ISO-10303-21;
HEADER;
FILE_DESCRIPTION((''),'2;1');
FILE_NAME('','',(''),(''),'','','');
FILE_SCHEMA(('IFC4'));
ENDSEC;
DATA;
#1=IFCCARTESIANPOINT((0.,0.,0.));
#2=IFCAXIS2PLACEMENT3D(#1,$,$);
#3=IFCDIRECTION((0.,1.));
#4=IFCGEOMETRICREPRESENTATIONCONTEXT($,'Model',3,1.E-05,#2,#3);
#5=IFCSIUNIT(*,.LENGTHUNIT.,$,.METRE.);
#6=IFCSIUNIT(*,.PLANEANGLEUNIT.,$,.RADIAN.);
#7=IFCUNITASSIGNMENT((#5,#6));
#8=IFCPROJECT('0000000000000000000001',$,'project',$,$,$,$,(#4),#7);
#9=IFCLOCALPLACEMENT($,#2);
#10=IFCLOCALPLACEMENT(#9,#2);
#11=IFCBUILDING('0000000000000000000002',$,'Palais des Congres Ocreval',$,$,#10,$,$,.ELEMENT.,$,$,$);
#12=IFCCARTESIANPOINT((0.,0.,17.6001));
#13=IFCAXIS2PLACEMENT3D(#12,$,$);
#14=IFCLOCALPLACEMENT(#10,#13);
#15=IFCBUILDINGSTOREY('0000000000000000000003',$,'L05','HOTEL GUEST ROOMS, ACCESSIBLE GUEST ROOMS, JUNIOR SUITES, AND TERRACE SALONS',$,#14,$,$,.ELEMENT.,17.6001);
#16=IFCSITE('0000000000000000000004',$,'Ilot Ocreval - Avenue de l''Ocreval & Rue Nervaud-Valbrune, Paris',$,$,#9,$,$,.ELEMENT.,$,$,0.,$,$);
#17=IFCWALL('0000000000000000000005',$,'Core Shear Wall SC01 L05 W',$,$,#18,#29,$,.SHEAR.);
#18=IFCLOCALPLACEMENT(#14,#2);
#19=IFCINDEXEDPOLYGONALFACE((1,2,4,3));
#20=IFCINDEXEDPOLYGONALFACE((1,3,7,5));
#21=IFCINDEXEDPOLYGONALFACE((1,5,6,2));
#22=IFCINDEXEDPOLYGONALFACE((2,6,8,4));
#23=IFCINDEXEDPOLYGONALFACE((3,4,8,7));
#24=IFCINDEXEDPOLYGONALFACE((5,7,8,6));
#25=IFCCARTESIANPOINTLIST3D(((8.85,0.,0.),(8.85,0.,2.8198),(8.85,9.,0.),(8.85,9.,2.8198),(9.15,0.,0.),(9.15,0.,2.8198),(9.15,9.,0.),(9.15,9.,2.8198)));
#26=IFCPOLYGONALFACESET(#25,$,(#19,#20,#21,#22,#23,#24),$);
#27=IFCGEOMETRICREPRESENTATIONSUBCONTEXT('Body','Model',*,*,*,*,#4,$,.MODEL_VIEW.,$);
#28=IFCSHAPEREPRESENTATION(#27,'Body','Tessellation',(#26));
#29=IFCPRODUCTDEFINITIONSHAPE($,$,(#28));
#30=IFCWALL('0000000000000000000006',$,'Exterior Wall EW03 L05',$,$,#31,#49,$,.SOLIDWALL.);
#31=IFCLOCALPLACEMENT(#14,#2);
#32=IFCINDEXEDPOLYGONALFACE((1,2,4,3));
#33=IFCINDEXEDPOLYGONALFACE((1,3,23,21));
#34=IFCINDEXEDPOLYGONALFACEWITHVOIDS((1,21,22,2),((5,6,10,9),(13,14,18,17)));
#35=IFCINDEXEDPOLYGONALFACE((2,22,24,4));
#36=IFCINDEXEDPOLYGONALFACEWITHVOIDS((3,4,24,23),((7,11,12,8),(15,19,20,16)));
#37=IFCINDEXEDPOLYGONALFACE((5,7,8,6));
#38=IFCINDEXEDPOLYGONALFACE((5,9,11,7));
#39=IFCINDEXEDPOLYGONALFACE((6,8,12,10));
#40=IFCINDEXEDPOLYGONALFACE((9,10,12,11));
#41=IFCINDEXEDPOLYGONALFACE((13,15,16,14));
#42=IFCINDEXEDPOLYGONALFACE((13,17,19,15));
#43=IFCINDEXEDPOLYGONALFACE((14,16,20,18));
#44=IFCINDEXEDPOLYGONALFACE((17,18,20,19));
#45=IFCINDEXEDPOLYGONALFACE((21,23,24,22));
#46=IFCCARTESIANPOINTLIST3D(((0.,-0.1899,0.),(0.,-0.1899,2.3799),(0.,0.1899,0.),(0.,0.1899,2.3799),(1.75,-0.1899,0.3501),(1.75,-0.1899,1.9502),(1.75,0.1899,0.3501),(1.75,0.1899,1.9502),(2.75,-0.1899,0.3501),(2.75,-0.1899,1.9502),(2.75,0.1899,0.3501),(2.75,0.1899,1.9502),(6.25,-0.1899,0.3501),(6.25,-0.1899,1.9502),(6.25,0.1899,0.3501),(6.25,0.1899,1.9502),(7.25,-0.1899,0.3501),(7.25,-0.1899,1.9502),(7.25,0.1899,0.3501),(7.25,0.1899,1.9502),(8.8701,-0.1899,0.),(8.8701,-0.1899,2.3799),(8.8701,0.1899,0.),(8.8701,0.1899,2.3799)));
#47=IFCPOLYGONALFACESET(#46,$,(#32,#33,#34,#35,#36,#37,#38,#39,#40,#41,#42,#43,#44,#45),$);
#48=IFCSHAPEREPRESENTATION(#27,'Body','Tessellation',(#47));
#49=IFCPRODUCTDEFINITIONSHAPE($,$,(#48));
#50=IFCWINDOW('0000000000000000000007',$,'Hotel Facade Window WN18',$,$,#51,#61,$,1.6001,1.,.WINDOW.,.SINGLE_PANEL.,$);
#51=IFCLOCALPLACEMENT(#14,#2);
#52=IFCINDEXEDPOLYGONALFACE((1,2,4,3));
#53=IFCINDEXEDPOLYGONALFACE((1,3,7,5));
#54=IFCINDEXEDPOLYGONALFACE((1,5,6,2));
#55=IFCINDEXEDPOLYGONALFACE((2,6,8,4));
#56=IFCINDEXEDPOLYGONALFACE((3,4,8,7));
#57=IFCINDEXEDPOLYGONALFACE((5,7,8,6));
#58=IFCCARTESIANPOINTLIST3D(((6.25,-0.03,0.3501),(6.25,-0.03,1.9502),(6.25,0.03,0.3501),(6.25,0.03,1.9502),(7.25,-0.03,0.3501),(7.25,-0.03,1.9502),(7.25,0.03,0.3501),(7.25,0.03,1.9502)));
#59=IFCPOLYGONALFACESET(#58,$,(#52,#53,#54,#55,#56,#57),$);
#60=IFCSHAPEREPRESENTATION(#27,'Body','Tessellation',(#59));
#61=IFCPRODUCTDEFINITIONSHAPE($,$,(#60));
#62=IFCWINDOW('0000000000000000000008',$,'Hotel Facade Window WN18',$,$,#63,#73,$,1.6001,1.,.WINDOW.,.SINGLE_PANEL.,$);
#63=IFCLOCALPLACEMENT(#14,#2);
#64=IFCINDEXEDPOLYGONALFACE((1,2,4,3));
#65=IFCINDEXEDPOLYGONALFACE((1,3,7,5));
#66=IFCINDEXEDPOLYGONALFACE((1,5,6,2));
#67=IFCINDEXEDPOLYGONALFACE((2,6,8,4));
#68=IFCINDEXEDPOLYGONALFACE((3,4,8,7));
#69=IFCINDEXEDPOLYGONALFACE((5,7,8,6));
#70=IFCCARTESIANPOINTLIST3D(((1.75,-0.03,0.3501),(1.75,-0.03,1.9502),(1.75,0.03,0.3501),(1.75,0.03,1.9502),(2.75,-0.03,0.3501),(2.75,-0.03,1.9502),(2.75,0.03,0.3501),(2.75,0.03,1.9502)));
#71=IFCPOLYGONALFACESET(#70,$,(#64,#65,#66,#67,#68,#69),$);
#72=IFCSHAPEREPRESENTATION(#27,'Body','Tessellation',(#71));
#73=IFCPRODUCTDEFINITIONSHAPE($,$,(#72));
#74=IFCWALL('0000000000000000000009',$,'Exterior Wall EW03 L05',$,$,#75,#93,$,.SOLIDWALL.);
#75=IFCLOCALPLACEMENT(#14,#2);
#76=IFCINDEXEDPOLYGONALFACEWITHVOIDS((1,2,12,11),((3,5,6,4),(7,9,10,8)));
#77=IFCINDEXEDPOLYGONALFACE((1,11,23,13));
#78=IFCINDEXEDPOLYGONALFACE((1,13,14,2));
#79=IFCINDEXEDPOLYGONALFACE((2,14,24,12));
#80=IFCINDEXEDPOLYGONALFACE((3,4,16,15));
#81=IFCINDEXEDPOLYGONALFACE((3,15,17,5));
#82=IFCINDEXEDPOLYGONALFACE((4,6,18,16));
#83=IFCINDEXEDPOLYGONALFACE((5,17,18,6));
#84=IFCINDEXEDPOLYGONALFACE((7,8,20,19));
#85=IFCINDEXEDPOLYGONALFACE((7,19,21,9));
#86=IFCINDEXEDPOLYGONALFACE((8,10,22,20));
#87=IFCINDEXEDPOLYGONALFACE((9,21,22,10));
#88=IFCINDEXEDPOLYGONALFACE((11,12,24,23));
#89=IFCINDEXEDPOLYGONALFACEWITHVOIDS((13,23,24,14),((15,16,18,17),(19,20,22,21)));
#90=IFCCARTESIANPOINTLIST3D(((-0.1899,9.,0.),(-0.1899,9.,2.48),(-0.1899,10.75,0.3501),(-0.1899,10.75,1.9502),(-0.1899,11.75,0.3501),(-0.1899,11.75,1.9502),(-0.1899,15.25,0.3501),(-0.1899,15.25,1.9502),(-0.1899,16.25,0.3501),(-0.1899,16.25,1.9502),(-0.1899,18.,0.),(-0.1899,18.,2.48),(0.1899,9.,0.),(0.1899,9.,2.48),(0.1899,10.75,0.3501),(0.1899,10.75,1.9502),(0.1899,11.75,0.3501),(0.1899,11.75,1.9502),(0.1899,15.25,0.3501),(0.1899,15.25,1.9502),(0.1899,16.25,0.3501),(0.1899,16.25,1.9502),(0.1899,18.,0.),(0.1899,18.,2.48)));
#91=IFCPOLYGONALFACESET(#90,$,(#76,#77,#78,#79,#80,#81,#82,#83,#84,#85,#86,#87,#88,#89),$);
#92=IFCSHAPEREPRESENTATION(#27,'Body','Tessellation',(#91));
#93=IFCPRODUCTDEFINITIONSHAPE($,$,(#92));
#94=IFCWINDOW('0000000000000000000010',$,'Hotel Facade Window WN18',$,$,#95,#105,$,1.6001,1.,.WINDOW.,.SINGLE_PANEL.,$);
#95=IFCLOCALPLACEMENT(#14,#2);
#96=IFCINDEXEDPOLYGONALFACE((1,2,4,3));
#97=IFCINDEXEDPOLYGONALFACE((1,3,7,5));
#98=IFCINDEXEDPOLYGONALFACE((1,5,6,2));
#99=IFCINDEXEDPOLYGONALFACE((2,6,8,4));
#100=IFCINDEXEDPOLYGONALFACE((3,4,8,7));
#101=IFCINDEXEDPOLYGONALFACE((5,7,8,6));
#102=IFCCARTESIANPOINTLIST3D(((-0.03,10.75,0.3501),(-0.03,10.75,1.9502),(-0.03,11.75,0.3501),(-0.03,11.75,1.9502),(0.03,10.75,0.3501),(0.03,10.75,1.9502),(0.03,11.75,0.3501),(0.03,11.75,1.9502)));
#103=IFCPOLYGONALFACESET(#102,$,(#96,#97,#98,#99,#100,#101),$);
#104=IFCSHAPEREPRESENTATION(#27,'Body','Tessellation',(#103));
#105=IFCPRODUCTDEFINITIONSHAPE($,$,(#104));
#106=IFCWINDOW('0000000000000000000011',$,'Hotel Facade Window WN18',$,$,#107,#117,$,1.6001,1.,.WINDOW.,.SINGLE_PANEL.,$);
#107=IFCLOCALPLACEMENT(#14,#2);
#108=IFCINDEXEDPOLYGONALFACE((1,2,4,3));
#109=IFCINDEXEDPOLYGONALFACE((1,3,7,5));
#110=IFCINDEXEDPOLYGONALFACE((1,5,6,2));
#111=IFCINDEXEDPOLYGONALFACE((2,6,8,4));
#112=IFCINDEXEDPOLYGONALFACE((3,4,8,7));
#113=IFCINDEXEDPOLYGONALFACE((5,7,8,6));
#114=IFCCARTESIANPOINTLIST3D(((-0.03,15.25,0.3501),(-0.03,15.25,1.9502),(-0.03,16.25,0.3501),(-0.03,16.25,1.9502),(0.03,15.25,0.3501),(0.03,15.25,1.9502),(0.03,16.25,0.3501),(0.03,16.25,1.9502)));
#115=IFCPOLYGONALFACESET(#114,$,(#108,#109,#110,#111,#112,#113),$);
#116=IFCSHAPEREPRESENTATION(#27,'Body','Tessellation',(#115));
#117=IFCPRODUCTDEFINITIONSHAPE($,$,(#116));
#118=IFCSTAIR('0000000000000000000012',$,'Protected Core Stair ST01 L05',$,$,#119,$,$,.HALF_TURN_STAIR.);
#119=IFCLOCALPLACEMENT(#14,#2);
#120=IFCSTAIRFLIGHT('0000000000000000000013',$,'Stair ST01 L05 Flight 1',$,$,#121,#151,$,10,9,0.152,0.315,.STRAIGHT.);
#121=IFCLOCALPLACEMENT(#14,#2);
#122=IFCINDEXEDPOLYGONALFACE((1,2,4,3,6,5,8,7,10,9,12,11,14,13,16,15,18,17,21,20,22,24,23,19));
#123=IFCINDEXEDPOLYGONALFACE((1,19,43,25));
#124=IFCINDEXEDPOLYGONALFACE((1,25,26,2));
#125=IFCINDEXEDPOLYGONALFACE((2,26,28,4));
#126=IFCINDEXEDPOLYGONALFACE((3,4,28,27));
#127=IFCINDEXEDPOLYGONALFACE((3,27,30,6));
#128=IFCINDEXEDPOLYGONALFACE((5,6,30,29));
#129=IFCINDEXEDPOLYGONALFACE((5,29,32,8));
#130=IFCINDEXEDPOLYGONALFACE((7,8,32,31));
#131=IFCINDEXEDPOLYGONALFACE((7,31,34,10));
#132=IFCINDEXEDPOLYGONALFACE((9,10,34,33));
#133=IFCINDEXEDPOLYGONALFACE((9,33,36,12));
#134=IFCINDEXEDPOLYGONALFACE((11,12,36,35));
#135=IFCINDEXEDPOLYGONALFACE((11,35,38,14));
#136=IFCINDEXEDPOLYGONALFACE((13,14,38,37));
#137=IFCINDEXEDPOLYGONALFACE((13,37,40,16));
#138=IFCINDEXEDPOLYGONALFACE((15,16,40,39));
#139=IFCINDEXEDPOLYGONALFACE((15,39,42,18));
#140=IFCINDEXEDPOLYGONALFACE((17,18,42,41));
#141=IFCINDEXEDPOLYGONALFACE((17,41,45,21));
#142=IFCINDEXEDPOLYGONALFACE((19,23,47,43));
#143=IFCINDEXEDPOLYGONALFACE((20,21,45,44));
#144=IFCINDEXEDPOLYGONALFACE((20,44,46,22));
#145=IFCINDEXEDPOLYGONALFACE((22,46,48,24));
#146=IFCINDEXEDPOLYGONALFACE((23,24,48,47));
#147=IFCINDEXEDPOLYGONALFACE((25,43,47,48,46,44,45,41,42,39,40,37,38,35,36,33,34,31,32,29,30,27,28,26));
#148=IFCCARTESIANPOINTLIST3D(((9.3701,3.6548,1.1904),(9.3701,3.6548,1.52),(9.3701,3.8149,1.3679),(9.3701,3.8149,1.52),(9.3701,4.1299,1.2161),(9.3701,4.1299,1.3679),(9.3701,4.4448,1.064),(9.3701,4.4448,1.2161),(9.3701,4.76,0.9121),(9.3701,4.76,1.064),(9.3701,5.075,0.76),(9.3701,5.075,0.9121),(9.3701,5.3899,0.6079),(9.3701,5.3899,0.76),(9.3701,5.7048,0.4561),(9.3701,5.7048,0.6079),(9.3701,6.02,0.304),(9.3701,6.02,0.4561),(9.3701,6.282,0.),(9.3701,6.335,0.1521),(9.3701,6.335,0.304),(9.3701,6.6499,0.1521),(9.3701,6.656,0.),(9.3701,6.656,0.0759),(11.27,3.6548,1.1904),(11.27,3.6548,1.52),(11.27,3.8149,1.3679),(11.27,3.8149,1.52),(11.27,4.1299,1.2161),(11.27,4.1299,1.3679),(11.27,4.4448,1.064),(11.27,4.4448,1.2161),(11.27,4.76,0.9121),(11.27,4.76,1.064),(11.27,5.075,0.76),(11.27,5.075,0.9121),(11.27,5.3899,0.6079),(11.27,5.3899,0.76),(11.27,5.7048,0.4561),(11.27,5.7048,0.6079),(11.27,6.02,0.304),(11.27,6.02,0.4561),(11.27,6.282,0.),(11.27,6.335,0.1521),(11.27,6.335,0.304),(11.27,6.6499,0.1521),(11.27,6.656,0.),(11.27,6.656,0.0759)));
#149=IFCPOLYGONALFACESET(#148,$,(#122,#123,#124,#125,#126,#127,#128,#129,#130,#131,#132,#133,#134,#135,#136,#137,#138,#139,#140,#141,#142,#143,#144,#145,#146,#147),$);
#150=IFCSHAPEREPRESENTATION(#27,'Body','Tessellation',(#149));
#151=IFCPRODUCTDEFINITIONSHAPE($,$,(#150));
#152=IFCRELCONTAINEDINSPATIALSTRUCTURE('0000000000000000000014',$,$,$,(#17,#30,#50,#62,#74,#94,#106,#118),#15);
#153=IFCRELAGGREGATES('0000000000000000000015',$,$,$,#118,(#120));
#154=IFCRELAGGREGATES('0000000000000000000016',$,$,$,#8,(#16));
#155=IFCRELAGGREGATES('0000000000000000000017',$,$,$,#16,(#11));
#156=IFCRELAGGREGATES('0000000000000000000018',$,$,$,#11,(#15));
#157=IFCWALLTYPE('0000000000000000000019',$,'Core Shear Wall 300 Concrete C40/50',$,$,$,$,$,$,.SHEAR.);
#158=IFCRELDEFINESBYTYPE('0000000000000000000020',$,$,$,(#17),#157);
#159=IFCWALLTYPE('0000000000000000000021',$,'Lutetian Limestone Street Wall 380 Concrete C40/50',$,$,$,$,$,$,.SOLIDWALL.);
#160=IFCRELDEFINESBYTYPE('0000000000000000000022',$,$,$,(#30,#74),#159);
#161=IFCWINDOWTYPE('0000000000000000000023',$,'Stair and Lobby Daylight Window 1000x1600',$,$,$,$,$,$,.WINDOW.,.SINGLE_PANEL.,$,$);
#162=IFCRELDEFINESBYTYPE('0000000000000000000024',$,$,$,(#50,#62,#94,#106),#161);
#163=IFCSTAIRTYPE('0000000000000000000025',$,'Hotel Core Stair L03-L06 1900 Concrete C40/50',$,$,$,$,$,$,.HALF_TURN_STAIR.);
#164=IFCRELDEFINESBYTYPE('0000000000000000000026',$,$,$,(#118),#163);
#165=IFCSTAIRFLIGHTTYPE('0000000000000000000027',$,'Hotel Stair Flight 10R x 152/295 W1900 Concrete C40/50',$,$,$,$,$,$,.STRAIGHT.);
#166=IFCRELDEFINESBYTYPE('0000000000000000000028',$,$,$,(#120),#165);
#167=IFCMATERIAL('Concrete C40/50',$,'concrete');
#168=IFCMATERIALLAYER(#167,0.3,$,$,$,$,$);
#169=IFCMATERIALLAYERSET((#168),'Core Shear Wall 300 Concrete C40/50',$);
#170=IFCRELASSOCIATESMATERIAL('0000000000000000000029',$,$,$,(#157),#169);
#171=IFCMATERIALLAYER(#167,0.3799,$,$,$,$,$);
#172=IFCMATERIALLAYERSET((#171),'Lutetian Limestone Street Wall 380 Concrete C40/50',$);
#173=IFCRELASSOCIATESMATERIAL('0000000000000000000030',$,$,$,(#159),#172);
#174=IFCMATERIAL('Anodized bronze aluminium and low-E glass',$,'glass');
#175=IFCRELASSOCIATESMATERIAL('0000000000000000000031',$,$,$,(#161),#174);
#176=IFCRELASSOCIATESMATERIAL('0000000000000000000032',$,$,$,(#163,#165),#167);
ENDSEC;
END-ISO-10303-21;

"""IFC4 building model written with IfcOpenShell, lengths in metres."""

from ifc_helpers import new_model, si_unit, direction, frame, frame_2d, origin, place, context, subcontext, project, spatial, polyline, rectangle, outline, extrude, material, layer, layer_set, type_object, element, fill, aggregate, save


model = new_model("IFC4")

# Units and contexts
model_context = context("Model", 3, precision=1e-05, world=origin(), true_north=direction((0.0, 1.0)))
body_context = subcontext(model_context, "Body", "Model", "MODEL_VIEW")
ifc_project = project(units=[si_unit("LENGTHUNIT", "METRE"), si_unit("PLANEANGLEUNIT", "RADIAN")], contexts=[model_context])

# Site, building, storey
site_placement = place(None, origin())
site = spatial("IfcSite", under=ifc_project, at=site_placement, Name="Ilot Ocreval - Avenue de l'Ocreval & Rue Nervaud-Valbrune, Paris", CompositionType="ELEMENT", RefElevation=0.0)
building_placement = place(site_placement, origin())
building = spatial("IfcBuilding", under=site, at=building_placement, Name="Palais des Congres Ocreval", CompositionType="ELEMENT")
storey_placement = place(building_placement, frame((0.0, 0.0, 17.6001)))
storey = spatial("IfcBuildingStorey", under=building, at=storey_placement, Name="L05", Description="HOTEL GUEST ROOMS, ACCESSIBLE GUEST ROOMS, JUNIOR SUITES, AND TERRACE SALONS", CompositionType="ELEMENT", Elevation=17.6001)

# Wall
ifc_material_1 = material(Name="Concrete C40/50", Category="concrete")
ifc_layer_1 = layer(ifc_material_1, 0.3)
ifc_layer_set_1 = layer_set([ifc_layer_1], Name="Core Shear Wall 300 Concrete C40/50")
wall_type_1 = type_object("IfcWallType", Name="Core Shear Wall 300 Concrete C40/50", PredefinedType="SHEAR", material=ifc_layer_set_1)
wall_1_placement = place(storey_placement, frame((9.0, 0.0, 0.0), z_axis=(0.0, 0.0, 1.0), x_axis=(0.0, 1.0, 0.0)))
element("IfcWall", 1, at=wall_1_placement, inside=storey, type_object=wall_type_1, Name="Core Shear Wall SC01 L05 W", PredefinedType="SHEAR", context=body_context, shape_type="SweptSolid", body=[
    extrude(rectangle(XDim=9.0, YDim=0.3, at=frame_2d((4.5, 0.0))), origin(), (0.0, 0.0, 1.0), 2.8198),
])

# Walls, openings, windows
ifc_layer_2 = layer(ifc_material_1, 0.3799)
ifc_layer_set_2 = layer_set([ifc_layer_2], Name="Lutetian Limestone Street Wall 380 Concrete C40/50")
wall_type_2 = type_object("IfcWallType", Name="Lutetian Limestone Street Wall 380 Concrete C40/50", PredefinedType="SOLIDWALL", material=ifc_layer_set_2)
wall_2_placement = place(storey_placement, frame((8.8701, 0.0, 0.0), z_axis=(0.0, 0.0, 1.0), x_axis=(-1.0, 0.0, 0.0)))
wall_2 = element("IfcWall", 2, at=wall_2_placement, inside=storey, type_object=wall_type_2, Name="Exterior Wall EW03 L05", PredefinedType="SOLIDWALL", context=body_context, shape_type="SweptSolid", body=[
    extrude(rectangle(XDim=8.8701, YDim=0.3799, at=frame_2d((4.4351, 0.0))), origin(), (0.0, 0.0, 1.0), 2.3799),
])
opening_1_placement = place(wall_2_placement, frame((1.6201, 0.0, 0.3501)))
opening_1 = element("IfcOpeningElement", 3, at=opening_1_placement, cuts=wall_2, PredefinedType="OPENING", context=body_context, shape_type="SweptSolid", body=[
    extrude(rectangle(XDim=1.0, YDim=1.6001, at=frame_2d((0.5, 0.8))), frame((0.0, 0.2, 0.0), z_axis=(0.0, -1.0, 0.0), x_axis=(1.0, 0.0, 0.0)), (0.0, 0.0, 1.0), 0.3999),
])
opening_2_placement = place(wall_2_placement, frame((6.1201, 0.0, 0.3501)))
opening_2 = element("IfcOpeningElement", 4, at=opening_2_placement, cuts=wall_2, PredefinedType="OPENING", context=body_context, shape_type="SweptSolid", body=[
    extrude(rectangle(XDim=1.0, YDim=1.6001, at=frame_2d((0.5, 0.8))), frame((0.0, 0.2, 0.0), z_axis=(0.0, -1.0, 0.0), x_axis=(1.0, 0.0, 0.0)), (0.0, 0.0, 1.0), 0.3999),
])
ifc_material_2 = material(Name="Anodized bronze aluminium and low-E glass", Category="glass")
window_type = type_object("IfcWindowType", Name="Stair and Lobby Daylight Window 1000x1600", PartitioningType="SINGLE_PANEL", PredefinedType="WINDOW", material=ifc_material_2)
window_1_placement = place(opening_1_placement, origin())
window_1 = element("IfcWindow", 5, at=window_1_placement, inside=storey, type_object=window_type, Name="Hotel Facade Window WN18", OverallHeight=1.6001, OverallWidth=1.0, PartitioningType="SINGLE_PANEL", PredefinedType="WINDOW", context=body_context, shape_type="SweptSolid", body=[
    extrude(rectangle(XDim=1.0, YDim=1.6001, at=frame_2d((0.5, 0.8))), frame((0.0, 0.03, 0.0), z_axis=(0.0, -1.0, 0.0), x_axis=(1.0, 0.0, 0.0)), (0.0, 0.0, 1.0), 0.0601),
])
fill(opening_1, window_1)
window_2_placement = place(opening_2_placement, origin())
window_2 = element("IfcWindow", 6, at=window_2_placement, inside=storey, type_object=window_type, Name="Hotel Facade Window WN18", OverallHeight=1.6001, OverallWidth=1.0, PartitioningType="SINGLE_PANEL", PredefinedType="WINDOW", context=body_context, shape_type="SweptSolid", body=[
    extrude(rectangle(XDim=1.0, YDim=1.6001, at=frame_2d((0.5, 0.8))), frame((0.0, 0.03, 0.0), z_axis=(0.0, -1.0, 0.0), x_axis=(1.0, 0.0, 0.0)), (0.0, 0.0, 1.0), 0.0601),
])
fill(opening_2, window_2)
wall_3_placement = place(storey_placement, frame((0.0, 9.0, 0.0), z_axis=(0.0, 0.0, 1.0), x_axis=(0.0, 1.0, 0.0)))
wall_3 = element("IfcWall", 7, at=wall_3_placement, inside=storey, type_object=wall_type_2, Name="Exterior Wall EW03 L05", PredefinedType="SOLIDWALL", context=body_context, shape_type="SweptSolid", body=[
    extrude(rectangle(XDim=9.0, YDim=0.3799, at=frame_2d((4.5, 0.0))), origin(), (0.0, 0.0, 1.0), 2.48),
])
opening_3_placement = place(wall_3_placement, frame((1.75, 0.0, 0.3501)))
opening_3 = element("IfcOpeningElement", 8, at=opening_3_placement, cuts=wall_3, PredefinedType="OPENING", context=body_context, shape_type="SweptSolid", body=[
    extrude(rectangle(XDim=1.0, YDim=1.6001, at=frame_2d((0.5, 0.8))), frame((0.0, 0.2, 0.0), z_axis=(0.0, -1.0, 0.0), x_axis=(1.0, 0.0, 0.0)), (0.0, 0.0, 1.0), 0.3999),
])
opening_4_placement = place(wall_3_placement, frame((6.25, 0.0, 0.3501)))
opening_4 = element("IfcOpeningElement", 9, at=opening_4_placement, cuts=wall_3, PredefinedType="OPENING", context=body_context, shape_type="SweptSolid", body=[
    extrude(rectangle(XDim=1.0, YDim=1.6001, at=frame_2d((0.5, 0.8))), frame((0.0, 0.2, 0.0), z_axis=(0.0, -1.0, 0.0), x_axis=(1.0, 0.0, 0.0)), (0.0, 0.0, 1.0), 0.3999),
])
window_3_placement = place(opening_3_placement, origin())
window_3 = element("IfcWindow", 10, at=window_3_placement, inside=storey, type_object=window_type, Name="Hotel Facade Window WN18", OverallHeight=1.6001, OverallWidth=1.0, PartitioningType="SINGLE_PANEL", PredefinedType="WINDOW", context=body_context, shape_type="SweptSolid", body=[
    extrude(rectangle(XDim=1.0, YDim=1.6001, at=frame_2d((0.5, 0.8))), frame((0.0, 0.03, 0.0), z_axis=(0.0, -1.0, 0.0), x_axis=(1.0, 0.0, 0.0)), (0.0, 0.0, 1.0), 0.0601),
])
fill(opening_3, window_3)
window_4_placement = place(opening_4_placement, origin())
window_4 = element("IfcWindow", 11, at=window_4_placement, inside=storey, type_object=window_type, Name="Hotel Facade Window WN18", OverallHeight=1.6001, OverallWidth=1.0, PartitioningType="SINGLE_PANEL", PredefinedType="WINDOW", context=body_context, shape_type="SweptSolid", body=[
    extrude(rectangle(XDim=1.0, YDim=1.6001, at=frame_2d((0.5, 0.8))), frame((0.0, 0.03, 0.0), z_axis=(0.0, -1.0, 0.0), x_axis=(1.0, 0.0, 0.0)), (0.0, 0.0, 1.0), 0.0601),
])
fill(opening_4, window_4)

# Stair, stair flight
stair_type = type_object("IfcStairType", Name="Hotel Core Stair L03-L06 1900 Concrete C40/50", PredefinedType="HALF_TURN_STAIR", material=ifc_material_1)
stair_placement = place(storey_placement, origin())
stair = element("IfcStair", 12, at=stair_placement, inside=storey, type_object=stair_type, Name="Protected Core Stair ST01 L05", PredefinedType="HALF_TURN_STAIR")
stair_flight_type = type_object("IfcStairFlightType", Name="Hotel Stair Flight 10R x 152/295 W1900 Concrete C40/50", PredefinedType="STRAIGHT", material=ifc_material_1)
stair_flight_placement = place(storey_placement, frame((10.3201, 6.6499, 0.0), z_axis=(0.0, 0.0, 1.0), x_axis=(0.0, -1.0, 0.0)))
stair_flight = element("IfcStairFlight", 13, at=stair_flight_placement, type_object=stair_flight_type, Name="Stair ST01 L05 Flight 1", NumberOfRisers=10, NumberOfTreads=9, PredefinedType="STRAIGHT", RiserHeight=0.152, TreadLength=0.315, context=body_context, shape_type="SweptSolid", body=[
    extrude(outline(polyline([(-0.0061, 0.0), (-0.0061, 0.0759), (0.0, 0.1521), (0.3149, 0.1521), (0.3149, 0.304), (0.6299, 0.304), (0.6299, 0.4561), (0.9451, 0.4561), (0.9451, 0.6079), (1.26, 0.6079), (1.26, 0.76), (1.575, 0.76), (1.575, 0.9121), (1.8899, 0.9121), (1.8899, 1.064), (2.2051, 1.064), (2.2051, 1.2161), (2.52, 1.2161), (2.52, 1.3679), (2.835, 1.3679), (2.835, 1.52), (2.9951, 1.52), (2.9951, 1.1904), (0.3679, 0.0), (-0.0061, 0.0)])), frame((0.0, 0.95, 0.0), z_axis=(0.0, -1.0, 0.0), x_axis=(1.0, 0.0, 0.0)), (0.0, 0.0, 1.0), 1.8999),
])
aggregate(stair, [stair_flight])

save(model, "model.ifc")
